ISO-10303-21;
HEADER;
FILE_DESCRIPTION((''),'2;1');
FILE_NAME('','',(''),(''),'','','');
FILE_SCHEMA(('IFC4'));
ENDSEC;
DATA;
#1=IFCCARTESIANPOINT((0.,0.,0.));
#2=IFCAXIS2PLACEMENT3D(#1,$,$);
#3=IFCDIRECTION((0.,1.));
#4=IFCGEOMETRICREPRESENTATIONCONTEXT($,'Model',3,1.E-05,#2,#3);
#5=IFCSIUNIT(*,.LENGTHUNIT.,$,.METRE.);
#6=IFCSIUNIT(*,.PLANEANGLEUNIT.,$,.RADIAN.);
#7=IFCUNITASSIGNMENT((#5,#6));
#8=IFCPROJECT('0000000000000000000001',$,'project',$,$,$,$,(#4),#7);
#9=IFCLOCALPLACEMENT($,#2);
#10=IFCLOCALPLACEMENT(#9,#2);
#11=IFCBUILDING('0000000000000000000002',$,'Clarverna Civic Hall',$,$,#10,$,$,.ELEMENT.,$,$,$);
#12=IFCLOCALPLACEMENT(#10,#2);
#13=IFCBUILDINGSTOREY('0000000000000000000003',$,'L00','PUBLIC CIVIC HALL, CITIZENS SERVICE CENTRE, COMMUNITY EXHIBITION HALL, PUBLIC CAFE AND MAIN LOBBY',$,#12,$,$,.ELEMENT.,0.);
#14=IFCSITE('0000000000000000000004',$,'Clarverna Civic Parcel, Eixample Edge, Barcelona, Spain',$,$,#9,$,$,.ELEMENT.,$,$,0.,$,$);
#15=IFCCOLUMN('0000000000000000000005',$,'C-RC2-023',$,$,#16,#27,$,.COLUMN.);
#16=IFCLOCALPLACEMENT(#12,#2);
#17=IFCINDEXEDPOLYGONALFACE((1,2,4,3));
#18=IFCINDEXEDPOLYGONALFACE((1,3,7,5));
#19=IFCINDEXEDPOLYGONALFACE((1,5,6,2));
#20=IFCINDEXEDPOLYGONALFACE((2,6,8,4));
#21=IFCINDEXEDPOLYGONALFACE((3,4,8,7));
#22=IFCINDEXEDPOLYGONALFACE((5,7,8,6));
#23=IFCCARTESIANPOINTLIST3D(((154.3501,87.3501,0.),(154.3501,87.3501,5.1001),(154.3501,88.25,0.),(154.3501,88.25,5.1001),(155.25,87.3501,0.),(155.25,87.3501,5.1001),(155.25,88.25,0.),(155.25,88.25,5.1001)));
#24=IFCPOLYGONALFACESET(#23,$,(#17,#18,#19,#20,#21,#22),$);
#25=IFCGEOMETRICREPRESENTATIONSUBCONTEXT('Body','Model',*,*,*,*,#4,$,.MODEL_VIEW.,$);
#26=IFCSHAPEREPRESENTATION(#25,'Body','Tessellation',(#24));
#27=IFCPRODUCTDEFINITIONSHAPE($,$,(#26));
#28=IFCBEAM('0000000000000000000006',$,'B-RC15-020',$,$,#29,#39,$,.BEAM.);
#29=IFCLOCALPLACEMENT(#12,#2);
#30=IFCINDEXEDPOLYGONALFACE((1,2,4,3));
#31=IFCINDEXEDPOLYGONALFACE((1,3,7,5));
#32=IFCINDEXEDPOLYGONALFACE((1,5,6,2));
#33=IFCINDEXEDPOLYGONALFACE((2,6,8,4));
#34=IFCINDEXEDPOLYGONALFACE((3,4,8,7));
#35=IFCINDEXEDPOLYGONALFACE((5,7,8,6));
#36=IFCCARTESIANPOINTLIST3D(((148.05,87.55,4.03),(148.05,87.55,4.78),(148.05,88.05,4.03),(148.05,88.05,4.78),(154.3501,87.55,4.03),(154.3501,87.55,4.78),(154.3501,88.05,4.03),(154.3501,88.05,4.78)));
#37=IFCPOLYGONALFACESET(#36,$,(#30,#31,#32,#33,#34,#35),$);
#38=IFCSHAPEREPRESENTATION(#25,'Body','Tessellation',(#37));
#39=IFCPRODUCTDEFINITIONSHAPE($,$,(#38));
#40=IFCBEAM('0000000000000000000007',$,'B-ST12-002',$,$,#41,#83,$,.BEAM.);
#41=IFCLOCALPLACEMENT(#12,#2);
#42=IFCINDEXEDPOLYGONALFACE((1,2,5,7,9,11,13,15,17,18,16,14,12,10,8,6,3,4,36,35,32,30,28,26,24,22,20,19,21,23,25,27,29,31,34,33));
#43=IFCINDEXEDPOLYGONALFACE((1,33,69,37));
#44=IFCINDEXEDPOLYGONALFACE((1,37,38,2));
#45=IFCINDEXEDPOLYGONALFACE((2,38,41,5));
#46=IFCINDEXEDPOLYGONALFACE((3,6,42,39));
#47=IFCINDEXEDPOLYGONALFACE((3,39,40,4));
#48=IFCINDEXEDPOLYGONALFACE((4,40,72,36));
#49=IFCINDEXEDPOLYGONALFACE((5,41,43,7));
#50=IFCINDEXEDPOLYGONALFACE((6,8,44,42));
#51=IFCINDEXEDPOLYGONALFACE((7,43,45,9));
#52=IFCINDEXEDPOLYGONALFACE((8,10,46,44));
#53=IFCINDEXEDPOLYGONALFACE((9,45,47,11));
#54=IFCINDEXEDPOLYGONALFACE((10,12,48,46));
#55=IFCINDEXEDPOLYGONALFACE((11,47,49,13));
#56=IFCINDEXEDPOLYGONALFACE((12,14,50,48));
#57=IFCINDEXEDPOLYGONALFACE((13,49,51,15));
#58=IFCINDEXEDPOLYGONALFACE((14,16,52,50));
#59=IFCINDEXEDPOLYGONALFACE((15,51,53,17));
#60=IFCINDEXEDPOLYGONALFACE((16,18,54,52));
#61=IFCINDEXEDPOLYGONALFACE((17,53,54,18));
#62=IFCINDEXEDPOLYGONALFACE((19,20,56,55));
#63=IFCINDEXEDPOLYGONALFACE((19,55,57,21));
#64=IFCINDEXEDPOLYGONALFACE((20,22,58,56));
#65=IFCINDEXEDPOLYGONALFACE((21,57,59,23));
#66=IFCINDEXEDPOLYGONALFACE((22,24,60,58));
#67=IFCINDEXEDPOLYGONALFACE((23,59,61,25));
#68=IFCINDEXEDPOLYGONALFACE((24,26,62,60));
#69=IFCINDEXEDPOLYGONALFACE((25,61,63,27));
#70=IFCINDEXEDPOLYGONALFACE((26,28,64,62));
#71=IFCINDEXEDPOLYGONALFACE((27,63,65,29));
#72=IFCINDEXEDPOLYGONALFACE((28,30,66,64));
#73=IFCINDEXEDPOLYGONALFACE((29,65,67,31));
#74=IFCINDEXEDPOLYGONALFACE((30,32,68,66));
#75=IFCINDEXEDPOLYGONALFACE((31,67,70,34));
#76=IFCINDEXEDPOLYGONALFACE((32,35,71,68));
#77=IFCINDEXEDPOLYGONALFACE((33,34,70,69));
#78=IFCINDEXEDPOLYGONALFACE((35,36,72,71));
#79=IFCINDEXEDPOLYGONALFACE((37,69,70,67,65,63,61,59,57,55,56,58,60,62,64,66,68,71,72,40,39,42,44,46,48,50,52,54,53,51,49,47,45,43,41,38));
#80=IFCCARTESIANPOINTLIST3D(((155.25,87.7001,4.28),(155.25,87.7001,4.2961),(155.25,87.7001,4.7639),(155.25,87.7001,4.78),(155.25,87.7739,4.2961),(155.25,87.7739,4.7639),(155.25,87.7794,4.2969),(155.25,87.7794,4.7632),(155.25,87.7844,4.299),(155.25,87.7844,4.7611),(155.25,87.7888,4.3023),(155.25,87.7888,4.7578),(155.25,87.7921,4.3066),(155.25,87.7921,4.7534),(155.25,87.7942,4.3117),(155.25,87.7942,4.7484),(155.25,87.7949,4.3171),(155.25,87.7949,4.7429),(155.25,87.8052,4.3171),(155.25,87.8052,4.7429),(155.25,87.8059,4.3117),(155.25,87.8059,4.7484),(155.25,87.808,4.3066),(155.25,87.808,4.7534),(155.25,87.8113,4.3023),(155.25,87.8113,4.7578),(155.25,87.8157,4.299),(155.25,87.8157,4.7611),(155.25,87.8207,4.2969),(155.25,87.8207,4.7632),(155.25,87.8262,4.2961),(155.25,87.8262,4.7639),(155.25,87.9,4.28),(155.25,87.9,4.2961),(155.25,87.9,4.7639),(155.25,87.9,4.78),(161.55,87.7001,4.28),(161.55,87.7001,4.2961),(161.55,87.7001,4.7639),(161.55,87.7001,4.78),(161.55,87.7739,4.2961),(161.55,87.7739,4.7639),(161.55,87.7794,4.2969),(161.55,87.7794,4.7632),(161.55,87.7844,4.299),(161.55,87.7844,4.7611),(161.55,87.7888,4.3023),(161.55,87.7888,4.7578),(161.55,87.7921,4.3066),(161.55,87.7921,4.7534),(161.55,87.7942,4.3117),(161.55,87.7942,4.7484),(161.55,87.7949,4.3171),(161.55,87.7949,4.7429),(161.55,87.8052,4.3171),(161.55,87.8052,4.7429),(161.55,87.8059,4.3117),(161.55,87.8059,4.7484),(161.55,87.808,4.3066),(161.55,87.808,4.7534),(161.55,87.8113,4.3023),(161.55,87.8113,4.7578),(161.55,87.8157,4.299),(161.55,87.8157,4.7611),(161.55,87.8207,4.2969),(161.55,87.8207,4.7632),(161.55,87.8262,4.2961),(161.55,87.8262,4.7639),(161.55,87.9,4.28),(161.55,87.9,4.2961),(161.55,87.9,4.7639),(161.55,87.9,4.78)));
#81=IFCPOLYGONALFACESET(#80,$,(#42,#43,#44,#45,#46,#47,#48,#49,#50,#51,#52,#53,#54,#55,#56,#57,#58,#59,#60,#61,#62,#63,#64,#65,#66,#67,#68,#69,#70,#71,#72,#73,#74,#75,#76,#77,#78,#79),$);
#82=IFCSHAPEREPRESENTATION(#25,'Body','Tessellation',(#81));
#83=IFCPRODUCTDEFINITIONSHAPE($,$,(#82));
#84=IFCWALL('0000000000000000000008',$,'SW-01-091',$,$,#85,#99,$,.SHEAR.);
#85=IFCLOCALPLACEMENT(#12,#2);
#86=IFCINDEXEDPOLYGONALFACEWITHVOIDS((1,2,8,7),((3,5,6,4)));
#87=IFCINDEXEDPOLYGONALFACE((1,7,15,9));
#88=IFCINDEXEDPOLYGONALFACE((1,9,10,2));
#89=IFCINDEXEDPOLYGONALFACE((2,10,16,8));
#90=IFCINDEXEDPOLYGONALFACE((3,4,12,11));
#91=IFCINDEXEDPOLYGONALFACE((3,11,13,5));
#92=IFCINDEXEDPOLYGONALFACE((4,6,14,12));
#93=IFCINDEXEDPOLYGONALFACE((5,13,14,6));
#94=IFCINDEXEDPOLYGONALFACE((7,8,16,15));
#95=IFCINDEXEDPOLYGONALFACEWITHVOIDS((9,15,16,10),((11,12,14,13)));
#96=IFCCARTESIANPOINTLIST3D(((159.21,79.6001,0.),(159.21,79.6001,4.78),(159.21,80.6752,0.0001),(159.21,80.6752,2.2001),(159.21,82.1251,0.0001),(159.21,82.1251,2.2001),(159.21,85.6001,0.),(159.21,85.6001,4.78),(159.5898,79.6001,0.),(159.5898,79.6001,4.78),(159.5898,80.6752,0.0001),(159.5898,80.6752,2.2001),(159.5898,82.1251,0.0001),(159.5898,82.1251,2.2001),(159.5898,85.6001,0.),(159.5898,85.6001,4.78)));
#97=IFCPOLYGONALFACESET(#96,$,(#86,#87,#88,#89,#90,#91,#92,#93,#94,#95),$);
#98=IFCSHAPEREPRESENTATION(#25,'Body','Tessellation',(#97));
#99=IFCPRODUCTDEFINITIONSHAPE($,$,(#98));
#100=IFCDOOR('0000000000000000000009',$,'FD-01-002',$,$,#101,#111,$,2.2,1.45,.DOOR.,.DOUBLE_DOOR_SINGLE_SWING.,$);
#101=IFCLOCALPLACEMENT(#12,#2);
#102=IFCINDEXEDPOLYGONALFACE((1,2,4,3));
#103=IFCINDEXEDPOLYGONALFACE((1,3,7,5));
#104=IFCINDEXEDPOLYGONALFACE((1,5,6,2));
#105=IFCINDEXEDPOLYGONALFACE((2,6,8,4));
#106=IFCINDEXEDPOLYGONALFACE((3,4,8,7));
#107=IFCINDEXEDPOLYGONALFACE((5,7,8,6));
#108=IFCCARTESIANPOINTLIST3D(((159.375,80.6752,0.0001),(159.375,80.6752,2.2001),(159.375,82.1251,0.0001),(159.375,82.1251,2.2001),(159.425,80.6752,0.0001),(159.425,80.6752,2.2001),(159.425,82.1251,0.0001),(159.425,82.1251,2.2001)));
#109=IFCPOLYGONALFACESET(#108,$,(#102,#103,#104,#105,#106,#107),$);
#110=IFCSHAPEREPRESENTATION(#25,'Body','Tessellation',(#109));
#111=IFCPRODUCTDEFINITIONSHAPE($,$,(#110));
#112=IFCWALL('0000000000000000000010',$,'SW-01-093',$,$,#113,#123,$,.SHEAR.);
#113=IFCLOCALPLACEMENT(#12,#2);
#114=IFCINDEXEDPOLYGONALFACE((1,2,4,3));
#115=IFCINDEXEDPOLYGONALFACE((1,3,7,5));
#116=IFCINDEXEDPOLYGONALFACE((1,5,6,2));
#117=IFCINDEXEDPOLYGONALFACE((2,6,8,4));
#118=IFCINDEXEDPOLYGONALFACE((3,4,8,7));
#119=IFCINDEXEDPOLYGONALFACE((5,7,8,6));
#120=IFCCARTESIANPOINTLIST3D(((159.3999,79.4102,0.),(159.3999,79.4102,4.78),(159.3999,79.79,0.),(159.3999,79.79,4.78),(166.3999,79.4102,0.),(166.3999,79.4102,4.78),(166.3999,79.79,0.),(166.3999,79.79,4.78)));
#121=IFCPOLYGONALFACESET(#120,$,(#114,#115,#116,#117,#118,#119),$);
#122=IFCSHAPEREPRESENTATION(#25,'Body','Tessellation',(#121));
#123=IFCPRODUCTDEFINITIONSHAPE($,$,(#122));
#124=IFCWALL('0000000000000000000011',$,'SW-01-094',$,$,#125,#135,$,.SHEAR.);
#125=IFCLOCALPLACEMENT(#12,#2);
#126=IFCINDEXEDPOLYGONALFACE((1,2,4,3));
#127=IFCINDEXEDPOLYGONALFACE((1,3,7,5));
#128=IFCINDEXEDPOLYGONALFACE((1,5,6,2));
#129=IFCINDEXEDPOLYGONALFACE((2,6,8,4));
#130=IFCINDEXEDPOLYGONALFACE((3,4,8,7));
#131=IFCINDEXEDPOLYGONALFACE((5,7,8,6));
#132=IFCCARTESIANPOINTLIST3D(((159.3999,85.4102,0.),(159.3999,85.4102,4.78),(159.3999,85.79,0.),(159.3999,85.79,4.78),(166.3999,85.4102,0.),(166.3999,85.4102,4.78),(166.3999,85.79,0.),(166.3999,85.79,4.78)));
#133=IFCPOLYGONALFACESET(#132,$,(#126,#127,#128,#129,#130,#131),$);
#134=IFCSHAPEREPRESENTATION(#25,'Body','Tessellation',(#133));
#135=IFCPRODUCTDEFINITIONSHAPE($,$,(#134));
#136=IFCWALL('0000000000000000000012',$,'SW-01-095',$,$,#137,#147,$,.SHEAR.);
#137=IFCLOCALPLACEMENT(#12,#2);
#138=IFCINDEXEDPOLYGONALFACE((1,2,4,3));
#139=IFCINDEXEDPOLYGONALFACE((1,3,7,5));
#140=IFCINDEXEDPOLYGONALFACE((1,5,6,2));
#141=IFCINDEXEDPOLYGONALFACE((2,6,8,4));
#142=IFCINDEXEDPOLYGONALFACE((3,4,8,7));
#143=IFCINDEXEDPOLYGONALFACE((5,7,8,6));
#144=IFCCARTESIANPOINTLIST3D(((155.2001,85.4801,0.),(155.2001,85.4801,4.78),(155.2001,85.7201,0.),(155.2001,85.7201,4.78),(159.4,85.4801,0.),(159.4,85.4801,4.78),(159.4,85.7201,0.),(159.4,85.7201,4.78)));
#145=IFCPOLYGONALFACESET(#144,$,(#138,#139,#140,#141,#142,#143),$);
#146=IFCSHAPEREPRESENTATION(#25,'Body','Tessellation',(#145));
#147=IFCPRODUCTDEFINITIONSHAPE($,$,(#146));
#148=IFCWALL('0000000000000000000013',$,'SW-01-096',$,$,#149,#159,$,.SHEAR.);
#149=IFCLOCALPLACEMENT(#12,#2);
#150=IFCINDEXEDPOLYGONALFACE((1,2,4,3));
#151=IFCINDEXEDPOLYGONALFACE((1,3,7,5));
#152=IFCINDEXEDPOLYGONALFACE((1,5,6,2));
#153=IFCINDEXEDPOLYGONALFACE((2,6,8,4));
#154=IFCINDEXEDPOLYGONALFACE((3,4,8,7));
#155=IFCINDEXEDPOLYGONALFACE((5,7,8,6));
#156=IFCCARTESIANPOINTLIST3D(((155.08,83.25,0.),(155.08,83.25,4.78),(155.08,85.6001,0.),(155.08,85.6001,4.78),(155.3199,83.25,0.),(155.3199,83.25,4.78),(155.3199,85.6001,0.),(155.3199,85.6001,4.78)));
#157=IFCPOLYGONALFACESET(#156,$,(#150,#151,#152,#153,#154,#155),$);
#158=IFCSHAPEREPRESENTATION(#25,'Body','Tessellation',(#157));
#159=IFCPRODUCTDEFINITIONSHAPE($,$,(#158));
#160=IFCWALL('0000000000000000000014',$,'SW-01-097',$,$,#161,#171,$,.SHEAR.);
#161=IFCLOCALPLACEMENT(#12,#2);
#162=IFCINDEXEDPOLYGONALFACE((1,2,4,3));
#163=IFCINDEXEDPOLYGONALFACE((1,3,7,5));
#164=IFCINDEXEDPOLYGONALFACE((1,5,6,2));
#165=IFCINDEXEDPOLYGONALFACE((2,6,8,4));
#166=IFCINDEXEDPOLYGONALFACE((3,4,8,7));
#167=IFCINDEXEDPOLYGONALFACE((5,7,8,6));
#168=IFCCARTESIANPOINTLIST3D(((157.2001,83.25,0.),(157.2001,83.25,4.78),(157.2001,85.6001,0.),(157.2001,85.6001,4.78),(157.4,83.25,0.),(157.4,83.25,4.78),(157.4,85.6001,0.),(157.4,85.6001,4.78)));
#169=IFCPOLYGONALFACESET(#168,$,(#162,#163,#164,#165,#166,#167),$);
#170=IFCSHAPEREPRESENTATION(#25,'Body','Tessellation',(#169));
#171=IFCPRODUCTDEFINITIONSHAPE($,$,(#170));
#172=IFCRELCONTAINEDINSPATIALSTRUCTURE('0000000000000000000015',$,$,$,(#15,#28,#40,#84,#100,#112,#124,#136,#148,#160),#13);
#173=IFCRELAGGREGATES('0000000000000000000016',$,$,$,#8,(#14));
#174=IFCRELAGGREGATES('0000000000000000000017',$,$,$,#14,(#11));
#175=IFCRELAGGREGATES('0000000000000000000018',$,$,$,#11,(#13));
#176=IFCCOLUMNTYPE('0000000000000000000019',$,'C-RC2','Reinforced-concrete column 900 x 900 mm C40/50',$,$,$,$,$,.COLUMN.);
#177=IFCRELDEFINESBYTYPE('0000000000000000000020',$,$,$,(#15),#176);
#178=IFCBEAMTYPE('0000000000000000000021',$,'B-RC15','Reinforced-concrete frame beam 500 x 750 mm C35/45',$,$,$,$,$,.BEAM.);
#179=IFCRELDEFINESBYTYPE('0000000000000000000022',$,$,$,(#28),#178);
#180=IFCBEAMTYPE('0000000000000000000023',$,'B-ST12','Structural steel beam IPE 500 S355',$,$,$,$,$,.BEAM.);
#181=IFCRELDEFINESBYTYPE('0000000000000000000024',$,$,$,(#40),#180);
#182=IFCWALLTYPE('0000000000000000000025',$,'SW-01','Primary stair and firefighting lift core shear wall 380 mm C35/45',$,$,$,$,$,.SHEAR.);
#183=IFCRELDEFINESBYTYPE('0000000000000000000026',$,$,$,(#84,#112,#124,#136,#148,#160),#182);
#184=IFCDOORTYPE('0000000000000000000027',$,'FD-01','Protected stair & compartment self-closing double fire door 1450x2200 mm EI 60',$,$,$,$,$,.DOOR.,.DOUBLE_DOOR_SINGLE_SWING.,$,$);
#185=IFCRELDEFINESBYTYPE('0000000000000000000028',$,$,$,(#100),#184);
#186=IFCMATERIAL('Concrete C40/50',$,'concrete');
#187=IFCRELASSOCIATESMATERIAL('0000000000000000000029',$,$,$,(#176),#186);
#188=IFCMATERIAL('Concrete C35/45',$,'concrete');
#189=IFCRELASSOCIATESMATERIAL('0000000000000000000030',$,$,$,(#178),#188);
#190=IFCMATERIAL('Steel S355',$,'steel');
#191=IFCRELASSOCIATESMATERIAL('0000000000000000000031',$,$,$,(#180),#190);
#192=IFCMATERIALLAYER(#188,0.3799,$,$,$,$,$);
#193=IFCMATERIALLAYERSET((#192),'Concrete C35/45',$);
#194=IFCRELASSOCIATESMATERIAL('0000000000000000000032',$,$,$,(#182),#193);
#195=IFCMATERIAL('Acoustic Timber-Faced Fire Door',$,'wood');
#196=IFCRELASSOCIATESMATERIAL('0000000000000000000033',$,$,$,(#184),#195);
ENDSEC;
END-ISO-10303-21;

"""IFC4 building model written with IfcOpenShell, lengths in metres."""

from ifc_helpers import new_model, si_unit, direction, frame, frame_2d, origin, origin_2d, place, context, subcontext, project, spatial, rectangle, i_section, extrude, material, layer, layer_set, material_profile, profile_set, type_object, element, fill, save


model = new_model("IFC4")

# Units and contexts
model_context = context("Model", 3, precision=1e-05, world=origin(), true_north=direction((0.0, 1.0)))
body_context = subcontext(model_context, "Body", "Model", "MODEL_VIEW")
ifc_project = project(units=[si_unit("LENGTHUNIT", "METRE"), si_unit("PLANEANGLEUNIT", "RADIAN")], contexts=[model_context])

# Site, building, storey
site_placement = place(None, origin())
site = spatial("IfcSite", under=ifc_project, at=site_placement, Name="Clarverna Civic Parcel, Eixample Edge, Barcelona, Spain", CompositionType="ELEMENT", RefElevation=0.0)
building_placement = place(site_placement, origin())
building = spatial("IfcBuilding", under=site, at=building_placement, Name="Clarverna Civic Hall", CompositionType="ELEMENT")
storey_placement = place(building_placement, origin())
storey = spatial("IfcBuildingStorey", under=building, at=storey_placement, Name="L00", Description="PUBLIC CIVIC HALL, CITIZENS SERVICE CENTRE, COMMUNITY EXHIBITION HALL, PUBLIC CAFE AND MAIN LOBBY", CompositionType="ELEMENT", Elevation=0.0)

# Column
ifc_material_1 = material(Name="Concrete C40/50", Category="concrete")
ifc_material_profile_1 = material_profile(ifc_material_1, rectangle(XDim=0.8999, YDim=0.8999, at=origin_2d()), Name="RC 900x900")
ifc_profile_set_1 = profile_set([ifc_material_profile_1], Name="Concrete C40/50")
column_type = type_object("IfcColumnType", Name="C-RC2", Description="Reinforced-concrete column 900 x 900 mm C40/50", PredefinedType="COLUMN", material=ifc_profile_set_1)
column_placement = place(storey_placement, frame((154.8, 87.8, 0.0), z_axis=(0.0, 0.0, 1.0), x_axis=(1.0, 0.0, 0.0)))
element("IfcColumn", 1, at=column_placement, inside=storey, type_object=column_type, Name="C-RC2-023", PredefinedType="COLUMN", context=body_context, shape_type="SweptSolid", body=[
    extrude(rectangle(XDim=0.8999, YDim=0.8999, at=origin_2d()), origin(), (0.0, 0.0, 1.0), 5.1001),
])

# Beams
ifc_material_2 = material(Name="Concrete C35/45", Category="concrete")
ifc_material_profile_2 = material_profile(ifc_material_2, rectangle(XDim=0.5, YDim=0.75, at=origin_2d()), Name="RC 500x750")
ifc_profile_set_2 = profile_set([ifc_material_profile_2], Name="Concrete C35/45")
beam_type_1 = type_object("IfcBeamType", Name="B-RC15", Description="Reinforced-concrete frame beam 500 x 750 mm C35/45", PredefinedType="BEAM", material=ifc_profile_set_2)
beam_1_placement = place(storey_placement, frame((148.05, 87.8, 4.405), z_axis=(1.0, 0.0, 0.0), x_axis=(0.0, 1.0, 0.0)))
element("IfcBeam", 2, at=beam_1_placement, inside=storey, type_object=beam_type_1, Name="B-RC15-020", PredefinedType="BEAM", context=body_context, shape_type="SweptSolid", body=[
    extrude(rectangle(XDim=0.5, YDim=0.75, at=origin_2d()), origin(), (0.0, 0.0, 1.0), 6.3),
])
ifc_material_3 = material(Name="Steel S355", Category="steel")
ifc_material_profile_3 = material_profile(ifc_material_3, i_section(OverallWidth=0.2, OverallDepth=0.5, WebThickness=0.0103, FlangeThickness=0.0161, FilletRadius=0.021, at=origin_2d()), Name="IPE 500")
ifc_profile_set_3 = profile_set([ifc_material_profile_3], Name="Steel S355")
beam_type_2 = type_object("IfcBeamType", Name="B-ST12", Description="Structural steel beam IPE 500 S355", PredefinedType="BEAM", material=ifc_profile_set_3)
beam_2_placement = place(storey_placement, frame((155.25, 87.8, 4.53), z_axis=(1.0, 0.0, 0.0), x_axis=(0.0, 1.0, 0.0)))
element("IfcBeam", 3, at=beam_2_placement, inside=storey, type_object=beam_type_2, Name="B-ST12-002", PredefinedType="BEAM", context=body_context, shape_type="SweptSolid", body=[
    extrude(i_section(OverallWidth=0.2, OverallDepth=0.5, WebThickness=0.0103, FlangeThickness=0.0161, FilletRadius=0.021, at=origin_2d()), origin(), (0.0, 0.0, 1.0), 6.3),
])

# Wall, opening, door
ifc_layer = layer(ifc_material_2, 0.3799)
ifc_layer_set = layer_set([ifc_layer], Name="Concrete C35/45")
wall_type = type_object("IfcWallType", Name="SW-01", Description="Primary stair and firefighting lift core shear wall 380 mm C35/45", PredefinedType="SHEAR", material=ifc_layer_set)
wall_1_placement = place(storey_placement, frame((159.3999, 79.6001, 0.0), z_axis=(0.0, 0.0, 1.0), x_axis=(0.0, 1.0, 0.0)))
wall_1 = element("IfcWall", 4, at=wall_1_placement, inside=storey, type_object=wall_type, Name="SW-01-091", PredefinedType="SHEAR", context=body_context, shape_type="SweptSolid", body=[
    extrude(rectangle(XDim=6.0, YDim=0.3799, at=frame_2d((3.0, 0.0))), origin(), (0.0, 0.0, 1.0), 4.78),
])
opening_1_placement = place(wall_1_placement, frame((1.075, 0.0, 0.0)))
opening_1 = element("IfcOpeningElement", 5, at=opening_1_placement, cuts=wall_1, PredefinedType="OPENING", context=body_context, shape_type="SweptSolid", body=[
    extrude(rectangle(XDim=1.45, YDim=2.2, at=frame_2d((0.7251, 1.1001))), frame((0.0, 0.2, 0.0), z_axis=(0.0, -1.0, 0.0), x_axis=(1.0, 0.0, 0.0)), (0.0, 0.0, 1.0), 0.3999),
])
ifc_material_4 = material(Name="Acoustic Timber-Faced Fire Door", Category="wood")
door_type_1 = type_object("IfcDoorType", Name="FD-01", Description="Protected stair & compartment self-closing double fire door 1450x2200 mm EI 60", OperationType="DOUBLE_DOOR_SINGLE_SWING", PredefinedType="DOOR", material=ifc_material_4)
door_1_placement = place(opening_1_placement, origin())
door_1 = element("IfcDoor", 6, at=door_1_placement, inside=storey, type_object=door_type_1, Name="FD-01-002", OperationType="DOUBLE_DOOR_SINGLE_SWING", OverallHeight=2.2, OverallWidth=1.45, PredefinedType="DOOR", context=body_context, shape_type="SweptSolid", body=[
    extrude(rectangle(XDim=1.45, YDim=2.2, at=frame_2d((0.7251, 1.1001))), frame((0.0, 0.0249, 0.0), z_axis=(0.0, -1.0, 0.0), x_axis=(1.0, 0.0, 0.0)), (0.0, 0.0, 1.0), 0.05),
])
fill(opening_1, door_1)

# Walls
for number, where, z_axis, x_axis, name in (
    (7, (159.3999, 79.6001, 0.0), (0.0, 0.0, 1.0), (1.0, 0.0, 0.0), "SW-01-093"),
    (8, (159.3999, 85.6001, 0.0), (0.0, 0.0, 1.0), (1.0, 0.0, 0.0), "SW-01-094"),
):
    element("IfcWall", number, at=place(storey_placement, frame(where, z_axis=z_axis, x_axis=x_axis)), inside=storey, type_object=wall_type, Name=name, PredefinedType="SHEAR", context=body_context, shape_type="SweptSolid", body=[
        extrude(rectangle(XDim=7.0, YDim=0.3799, at=frame_2d((3.5, 0.0))), origin(), (0.0, 0.0, 1.0), 4.78),
    ])
wall_2_placement = place(storey_placement, frame((155.2, 85.6001, 0.0), z_axis=(0.0, 0.0, 1.0), x_axis=(1.0, 0.0, 0.0)))
element("IfcWall", 9, at=wall_2_placement, inside=storey, type_object=wall_type, Name="SW-01-095", PredefinedType="SHEAR", context=body_context, shape_type="SweptSolid", body=[
    extrude(rectangle(XDim=4.2, YDim=0.24, at=frame_2d((2.1001, 0.0))), origin(), (0.0, 0.0, 1.0), 4.78),
])
wall_3_placement = place(storey_placement, frame((155.2, 83.25, 0.0), z_axis=(0.0, 0.0, 1.0), x_axis=(0.0, 1.0, 0.0)))
element("IfcWall", 10, at=wall_3_placement, inside=storey, type_object=wall_type, Name="SW-01-096", PredefinedType="SHEAR", context=body_context, shape_type="SweptSolid", body=[
    extrude(rectangle(XDim=2.3501, YDim=0.24, at=frame_2d((1.175, 0.0))), origin(), (0.0, 0.0, 1.0), 4.78),
])
wall_4_placement = place(storey_placement, frame((157.3, 83.25, 0.0), z_axis=(0.0, 0.0, 1.0), x_axis=(0.0, 1.0, 0.0)))
element("IfcWall", 11, at=wall_4_placement, inside=storey, type_object=wall_type, Name="SW-01-097", PredefinedType="SHEAR", context=body_context, shape_type="SweptSolid", body=[
    extrude(rectangle(XDim=2.3501, YDim=0.2, at=frame_2d((1.175, 0.0))), origin(), (0.0, 0.0, 1.0), 4.78),
])

save(model, "model.ifc")
